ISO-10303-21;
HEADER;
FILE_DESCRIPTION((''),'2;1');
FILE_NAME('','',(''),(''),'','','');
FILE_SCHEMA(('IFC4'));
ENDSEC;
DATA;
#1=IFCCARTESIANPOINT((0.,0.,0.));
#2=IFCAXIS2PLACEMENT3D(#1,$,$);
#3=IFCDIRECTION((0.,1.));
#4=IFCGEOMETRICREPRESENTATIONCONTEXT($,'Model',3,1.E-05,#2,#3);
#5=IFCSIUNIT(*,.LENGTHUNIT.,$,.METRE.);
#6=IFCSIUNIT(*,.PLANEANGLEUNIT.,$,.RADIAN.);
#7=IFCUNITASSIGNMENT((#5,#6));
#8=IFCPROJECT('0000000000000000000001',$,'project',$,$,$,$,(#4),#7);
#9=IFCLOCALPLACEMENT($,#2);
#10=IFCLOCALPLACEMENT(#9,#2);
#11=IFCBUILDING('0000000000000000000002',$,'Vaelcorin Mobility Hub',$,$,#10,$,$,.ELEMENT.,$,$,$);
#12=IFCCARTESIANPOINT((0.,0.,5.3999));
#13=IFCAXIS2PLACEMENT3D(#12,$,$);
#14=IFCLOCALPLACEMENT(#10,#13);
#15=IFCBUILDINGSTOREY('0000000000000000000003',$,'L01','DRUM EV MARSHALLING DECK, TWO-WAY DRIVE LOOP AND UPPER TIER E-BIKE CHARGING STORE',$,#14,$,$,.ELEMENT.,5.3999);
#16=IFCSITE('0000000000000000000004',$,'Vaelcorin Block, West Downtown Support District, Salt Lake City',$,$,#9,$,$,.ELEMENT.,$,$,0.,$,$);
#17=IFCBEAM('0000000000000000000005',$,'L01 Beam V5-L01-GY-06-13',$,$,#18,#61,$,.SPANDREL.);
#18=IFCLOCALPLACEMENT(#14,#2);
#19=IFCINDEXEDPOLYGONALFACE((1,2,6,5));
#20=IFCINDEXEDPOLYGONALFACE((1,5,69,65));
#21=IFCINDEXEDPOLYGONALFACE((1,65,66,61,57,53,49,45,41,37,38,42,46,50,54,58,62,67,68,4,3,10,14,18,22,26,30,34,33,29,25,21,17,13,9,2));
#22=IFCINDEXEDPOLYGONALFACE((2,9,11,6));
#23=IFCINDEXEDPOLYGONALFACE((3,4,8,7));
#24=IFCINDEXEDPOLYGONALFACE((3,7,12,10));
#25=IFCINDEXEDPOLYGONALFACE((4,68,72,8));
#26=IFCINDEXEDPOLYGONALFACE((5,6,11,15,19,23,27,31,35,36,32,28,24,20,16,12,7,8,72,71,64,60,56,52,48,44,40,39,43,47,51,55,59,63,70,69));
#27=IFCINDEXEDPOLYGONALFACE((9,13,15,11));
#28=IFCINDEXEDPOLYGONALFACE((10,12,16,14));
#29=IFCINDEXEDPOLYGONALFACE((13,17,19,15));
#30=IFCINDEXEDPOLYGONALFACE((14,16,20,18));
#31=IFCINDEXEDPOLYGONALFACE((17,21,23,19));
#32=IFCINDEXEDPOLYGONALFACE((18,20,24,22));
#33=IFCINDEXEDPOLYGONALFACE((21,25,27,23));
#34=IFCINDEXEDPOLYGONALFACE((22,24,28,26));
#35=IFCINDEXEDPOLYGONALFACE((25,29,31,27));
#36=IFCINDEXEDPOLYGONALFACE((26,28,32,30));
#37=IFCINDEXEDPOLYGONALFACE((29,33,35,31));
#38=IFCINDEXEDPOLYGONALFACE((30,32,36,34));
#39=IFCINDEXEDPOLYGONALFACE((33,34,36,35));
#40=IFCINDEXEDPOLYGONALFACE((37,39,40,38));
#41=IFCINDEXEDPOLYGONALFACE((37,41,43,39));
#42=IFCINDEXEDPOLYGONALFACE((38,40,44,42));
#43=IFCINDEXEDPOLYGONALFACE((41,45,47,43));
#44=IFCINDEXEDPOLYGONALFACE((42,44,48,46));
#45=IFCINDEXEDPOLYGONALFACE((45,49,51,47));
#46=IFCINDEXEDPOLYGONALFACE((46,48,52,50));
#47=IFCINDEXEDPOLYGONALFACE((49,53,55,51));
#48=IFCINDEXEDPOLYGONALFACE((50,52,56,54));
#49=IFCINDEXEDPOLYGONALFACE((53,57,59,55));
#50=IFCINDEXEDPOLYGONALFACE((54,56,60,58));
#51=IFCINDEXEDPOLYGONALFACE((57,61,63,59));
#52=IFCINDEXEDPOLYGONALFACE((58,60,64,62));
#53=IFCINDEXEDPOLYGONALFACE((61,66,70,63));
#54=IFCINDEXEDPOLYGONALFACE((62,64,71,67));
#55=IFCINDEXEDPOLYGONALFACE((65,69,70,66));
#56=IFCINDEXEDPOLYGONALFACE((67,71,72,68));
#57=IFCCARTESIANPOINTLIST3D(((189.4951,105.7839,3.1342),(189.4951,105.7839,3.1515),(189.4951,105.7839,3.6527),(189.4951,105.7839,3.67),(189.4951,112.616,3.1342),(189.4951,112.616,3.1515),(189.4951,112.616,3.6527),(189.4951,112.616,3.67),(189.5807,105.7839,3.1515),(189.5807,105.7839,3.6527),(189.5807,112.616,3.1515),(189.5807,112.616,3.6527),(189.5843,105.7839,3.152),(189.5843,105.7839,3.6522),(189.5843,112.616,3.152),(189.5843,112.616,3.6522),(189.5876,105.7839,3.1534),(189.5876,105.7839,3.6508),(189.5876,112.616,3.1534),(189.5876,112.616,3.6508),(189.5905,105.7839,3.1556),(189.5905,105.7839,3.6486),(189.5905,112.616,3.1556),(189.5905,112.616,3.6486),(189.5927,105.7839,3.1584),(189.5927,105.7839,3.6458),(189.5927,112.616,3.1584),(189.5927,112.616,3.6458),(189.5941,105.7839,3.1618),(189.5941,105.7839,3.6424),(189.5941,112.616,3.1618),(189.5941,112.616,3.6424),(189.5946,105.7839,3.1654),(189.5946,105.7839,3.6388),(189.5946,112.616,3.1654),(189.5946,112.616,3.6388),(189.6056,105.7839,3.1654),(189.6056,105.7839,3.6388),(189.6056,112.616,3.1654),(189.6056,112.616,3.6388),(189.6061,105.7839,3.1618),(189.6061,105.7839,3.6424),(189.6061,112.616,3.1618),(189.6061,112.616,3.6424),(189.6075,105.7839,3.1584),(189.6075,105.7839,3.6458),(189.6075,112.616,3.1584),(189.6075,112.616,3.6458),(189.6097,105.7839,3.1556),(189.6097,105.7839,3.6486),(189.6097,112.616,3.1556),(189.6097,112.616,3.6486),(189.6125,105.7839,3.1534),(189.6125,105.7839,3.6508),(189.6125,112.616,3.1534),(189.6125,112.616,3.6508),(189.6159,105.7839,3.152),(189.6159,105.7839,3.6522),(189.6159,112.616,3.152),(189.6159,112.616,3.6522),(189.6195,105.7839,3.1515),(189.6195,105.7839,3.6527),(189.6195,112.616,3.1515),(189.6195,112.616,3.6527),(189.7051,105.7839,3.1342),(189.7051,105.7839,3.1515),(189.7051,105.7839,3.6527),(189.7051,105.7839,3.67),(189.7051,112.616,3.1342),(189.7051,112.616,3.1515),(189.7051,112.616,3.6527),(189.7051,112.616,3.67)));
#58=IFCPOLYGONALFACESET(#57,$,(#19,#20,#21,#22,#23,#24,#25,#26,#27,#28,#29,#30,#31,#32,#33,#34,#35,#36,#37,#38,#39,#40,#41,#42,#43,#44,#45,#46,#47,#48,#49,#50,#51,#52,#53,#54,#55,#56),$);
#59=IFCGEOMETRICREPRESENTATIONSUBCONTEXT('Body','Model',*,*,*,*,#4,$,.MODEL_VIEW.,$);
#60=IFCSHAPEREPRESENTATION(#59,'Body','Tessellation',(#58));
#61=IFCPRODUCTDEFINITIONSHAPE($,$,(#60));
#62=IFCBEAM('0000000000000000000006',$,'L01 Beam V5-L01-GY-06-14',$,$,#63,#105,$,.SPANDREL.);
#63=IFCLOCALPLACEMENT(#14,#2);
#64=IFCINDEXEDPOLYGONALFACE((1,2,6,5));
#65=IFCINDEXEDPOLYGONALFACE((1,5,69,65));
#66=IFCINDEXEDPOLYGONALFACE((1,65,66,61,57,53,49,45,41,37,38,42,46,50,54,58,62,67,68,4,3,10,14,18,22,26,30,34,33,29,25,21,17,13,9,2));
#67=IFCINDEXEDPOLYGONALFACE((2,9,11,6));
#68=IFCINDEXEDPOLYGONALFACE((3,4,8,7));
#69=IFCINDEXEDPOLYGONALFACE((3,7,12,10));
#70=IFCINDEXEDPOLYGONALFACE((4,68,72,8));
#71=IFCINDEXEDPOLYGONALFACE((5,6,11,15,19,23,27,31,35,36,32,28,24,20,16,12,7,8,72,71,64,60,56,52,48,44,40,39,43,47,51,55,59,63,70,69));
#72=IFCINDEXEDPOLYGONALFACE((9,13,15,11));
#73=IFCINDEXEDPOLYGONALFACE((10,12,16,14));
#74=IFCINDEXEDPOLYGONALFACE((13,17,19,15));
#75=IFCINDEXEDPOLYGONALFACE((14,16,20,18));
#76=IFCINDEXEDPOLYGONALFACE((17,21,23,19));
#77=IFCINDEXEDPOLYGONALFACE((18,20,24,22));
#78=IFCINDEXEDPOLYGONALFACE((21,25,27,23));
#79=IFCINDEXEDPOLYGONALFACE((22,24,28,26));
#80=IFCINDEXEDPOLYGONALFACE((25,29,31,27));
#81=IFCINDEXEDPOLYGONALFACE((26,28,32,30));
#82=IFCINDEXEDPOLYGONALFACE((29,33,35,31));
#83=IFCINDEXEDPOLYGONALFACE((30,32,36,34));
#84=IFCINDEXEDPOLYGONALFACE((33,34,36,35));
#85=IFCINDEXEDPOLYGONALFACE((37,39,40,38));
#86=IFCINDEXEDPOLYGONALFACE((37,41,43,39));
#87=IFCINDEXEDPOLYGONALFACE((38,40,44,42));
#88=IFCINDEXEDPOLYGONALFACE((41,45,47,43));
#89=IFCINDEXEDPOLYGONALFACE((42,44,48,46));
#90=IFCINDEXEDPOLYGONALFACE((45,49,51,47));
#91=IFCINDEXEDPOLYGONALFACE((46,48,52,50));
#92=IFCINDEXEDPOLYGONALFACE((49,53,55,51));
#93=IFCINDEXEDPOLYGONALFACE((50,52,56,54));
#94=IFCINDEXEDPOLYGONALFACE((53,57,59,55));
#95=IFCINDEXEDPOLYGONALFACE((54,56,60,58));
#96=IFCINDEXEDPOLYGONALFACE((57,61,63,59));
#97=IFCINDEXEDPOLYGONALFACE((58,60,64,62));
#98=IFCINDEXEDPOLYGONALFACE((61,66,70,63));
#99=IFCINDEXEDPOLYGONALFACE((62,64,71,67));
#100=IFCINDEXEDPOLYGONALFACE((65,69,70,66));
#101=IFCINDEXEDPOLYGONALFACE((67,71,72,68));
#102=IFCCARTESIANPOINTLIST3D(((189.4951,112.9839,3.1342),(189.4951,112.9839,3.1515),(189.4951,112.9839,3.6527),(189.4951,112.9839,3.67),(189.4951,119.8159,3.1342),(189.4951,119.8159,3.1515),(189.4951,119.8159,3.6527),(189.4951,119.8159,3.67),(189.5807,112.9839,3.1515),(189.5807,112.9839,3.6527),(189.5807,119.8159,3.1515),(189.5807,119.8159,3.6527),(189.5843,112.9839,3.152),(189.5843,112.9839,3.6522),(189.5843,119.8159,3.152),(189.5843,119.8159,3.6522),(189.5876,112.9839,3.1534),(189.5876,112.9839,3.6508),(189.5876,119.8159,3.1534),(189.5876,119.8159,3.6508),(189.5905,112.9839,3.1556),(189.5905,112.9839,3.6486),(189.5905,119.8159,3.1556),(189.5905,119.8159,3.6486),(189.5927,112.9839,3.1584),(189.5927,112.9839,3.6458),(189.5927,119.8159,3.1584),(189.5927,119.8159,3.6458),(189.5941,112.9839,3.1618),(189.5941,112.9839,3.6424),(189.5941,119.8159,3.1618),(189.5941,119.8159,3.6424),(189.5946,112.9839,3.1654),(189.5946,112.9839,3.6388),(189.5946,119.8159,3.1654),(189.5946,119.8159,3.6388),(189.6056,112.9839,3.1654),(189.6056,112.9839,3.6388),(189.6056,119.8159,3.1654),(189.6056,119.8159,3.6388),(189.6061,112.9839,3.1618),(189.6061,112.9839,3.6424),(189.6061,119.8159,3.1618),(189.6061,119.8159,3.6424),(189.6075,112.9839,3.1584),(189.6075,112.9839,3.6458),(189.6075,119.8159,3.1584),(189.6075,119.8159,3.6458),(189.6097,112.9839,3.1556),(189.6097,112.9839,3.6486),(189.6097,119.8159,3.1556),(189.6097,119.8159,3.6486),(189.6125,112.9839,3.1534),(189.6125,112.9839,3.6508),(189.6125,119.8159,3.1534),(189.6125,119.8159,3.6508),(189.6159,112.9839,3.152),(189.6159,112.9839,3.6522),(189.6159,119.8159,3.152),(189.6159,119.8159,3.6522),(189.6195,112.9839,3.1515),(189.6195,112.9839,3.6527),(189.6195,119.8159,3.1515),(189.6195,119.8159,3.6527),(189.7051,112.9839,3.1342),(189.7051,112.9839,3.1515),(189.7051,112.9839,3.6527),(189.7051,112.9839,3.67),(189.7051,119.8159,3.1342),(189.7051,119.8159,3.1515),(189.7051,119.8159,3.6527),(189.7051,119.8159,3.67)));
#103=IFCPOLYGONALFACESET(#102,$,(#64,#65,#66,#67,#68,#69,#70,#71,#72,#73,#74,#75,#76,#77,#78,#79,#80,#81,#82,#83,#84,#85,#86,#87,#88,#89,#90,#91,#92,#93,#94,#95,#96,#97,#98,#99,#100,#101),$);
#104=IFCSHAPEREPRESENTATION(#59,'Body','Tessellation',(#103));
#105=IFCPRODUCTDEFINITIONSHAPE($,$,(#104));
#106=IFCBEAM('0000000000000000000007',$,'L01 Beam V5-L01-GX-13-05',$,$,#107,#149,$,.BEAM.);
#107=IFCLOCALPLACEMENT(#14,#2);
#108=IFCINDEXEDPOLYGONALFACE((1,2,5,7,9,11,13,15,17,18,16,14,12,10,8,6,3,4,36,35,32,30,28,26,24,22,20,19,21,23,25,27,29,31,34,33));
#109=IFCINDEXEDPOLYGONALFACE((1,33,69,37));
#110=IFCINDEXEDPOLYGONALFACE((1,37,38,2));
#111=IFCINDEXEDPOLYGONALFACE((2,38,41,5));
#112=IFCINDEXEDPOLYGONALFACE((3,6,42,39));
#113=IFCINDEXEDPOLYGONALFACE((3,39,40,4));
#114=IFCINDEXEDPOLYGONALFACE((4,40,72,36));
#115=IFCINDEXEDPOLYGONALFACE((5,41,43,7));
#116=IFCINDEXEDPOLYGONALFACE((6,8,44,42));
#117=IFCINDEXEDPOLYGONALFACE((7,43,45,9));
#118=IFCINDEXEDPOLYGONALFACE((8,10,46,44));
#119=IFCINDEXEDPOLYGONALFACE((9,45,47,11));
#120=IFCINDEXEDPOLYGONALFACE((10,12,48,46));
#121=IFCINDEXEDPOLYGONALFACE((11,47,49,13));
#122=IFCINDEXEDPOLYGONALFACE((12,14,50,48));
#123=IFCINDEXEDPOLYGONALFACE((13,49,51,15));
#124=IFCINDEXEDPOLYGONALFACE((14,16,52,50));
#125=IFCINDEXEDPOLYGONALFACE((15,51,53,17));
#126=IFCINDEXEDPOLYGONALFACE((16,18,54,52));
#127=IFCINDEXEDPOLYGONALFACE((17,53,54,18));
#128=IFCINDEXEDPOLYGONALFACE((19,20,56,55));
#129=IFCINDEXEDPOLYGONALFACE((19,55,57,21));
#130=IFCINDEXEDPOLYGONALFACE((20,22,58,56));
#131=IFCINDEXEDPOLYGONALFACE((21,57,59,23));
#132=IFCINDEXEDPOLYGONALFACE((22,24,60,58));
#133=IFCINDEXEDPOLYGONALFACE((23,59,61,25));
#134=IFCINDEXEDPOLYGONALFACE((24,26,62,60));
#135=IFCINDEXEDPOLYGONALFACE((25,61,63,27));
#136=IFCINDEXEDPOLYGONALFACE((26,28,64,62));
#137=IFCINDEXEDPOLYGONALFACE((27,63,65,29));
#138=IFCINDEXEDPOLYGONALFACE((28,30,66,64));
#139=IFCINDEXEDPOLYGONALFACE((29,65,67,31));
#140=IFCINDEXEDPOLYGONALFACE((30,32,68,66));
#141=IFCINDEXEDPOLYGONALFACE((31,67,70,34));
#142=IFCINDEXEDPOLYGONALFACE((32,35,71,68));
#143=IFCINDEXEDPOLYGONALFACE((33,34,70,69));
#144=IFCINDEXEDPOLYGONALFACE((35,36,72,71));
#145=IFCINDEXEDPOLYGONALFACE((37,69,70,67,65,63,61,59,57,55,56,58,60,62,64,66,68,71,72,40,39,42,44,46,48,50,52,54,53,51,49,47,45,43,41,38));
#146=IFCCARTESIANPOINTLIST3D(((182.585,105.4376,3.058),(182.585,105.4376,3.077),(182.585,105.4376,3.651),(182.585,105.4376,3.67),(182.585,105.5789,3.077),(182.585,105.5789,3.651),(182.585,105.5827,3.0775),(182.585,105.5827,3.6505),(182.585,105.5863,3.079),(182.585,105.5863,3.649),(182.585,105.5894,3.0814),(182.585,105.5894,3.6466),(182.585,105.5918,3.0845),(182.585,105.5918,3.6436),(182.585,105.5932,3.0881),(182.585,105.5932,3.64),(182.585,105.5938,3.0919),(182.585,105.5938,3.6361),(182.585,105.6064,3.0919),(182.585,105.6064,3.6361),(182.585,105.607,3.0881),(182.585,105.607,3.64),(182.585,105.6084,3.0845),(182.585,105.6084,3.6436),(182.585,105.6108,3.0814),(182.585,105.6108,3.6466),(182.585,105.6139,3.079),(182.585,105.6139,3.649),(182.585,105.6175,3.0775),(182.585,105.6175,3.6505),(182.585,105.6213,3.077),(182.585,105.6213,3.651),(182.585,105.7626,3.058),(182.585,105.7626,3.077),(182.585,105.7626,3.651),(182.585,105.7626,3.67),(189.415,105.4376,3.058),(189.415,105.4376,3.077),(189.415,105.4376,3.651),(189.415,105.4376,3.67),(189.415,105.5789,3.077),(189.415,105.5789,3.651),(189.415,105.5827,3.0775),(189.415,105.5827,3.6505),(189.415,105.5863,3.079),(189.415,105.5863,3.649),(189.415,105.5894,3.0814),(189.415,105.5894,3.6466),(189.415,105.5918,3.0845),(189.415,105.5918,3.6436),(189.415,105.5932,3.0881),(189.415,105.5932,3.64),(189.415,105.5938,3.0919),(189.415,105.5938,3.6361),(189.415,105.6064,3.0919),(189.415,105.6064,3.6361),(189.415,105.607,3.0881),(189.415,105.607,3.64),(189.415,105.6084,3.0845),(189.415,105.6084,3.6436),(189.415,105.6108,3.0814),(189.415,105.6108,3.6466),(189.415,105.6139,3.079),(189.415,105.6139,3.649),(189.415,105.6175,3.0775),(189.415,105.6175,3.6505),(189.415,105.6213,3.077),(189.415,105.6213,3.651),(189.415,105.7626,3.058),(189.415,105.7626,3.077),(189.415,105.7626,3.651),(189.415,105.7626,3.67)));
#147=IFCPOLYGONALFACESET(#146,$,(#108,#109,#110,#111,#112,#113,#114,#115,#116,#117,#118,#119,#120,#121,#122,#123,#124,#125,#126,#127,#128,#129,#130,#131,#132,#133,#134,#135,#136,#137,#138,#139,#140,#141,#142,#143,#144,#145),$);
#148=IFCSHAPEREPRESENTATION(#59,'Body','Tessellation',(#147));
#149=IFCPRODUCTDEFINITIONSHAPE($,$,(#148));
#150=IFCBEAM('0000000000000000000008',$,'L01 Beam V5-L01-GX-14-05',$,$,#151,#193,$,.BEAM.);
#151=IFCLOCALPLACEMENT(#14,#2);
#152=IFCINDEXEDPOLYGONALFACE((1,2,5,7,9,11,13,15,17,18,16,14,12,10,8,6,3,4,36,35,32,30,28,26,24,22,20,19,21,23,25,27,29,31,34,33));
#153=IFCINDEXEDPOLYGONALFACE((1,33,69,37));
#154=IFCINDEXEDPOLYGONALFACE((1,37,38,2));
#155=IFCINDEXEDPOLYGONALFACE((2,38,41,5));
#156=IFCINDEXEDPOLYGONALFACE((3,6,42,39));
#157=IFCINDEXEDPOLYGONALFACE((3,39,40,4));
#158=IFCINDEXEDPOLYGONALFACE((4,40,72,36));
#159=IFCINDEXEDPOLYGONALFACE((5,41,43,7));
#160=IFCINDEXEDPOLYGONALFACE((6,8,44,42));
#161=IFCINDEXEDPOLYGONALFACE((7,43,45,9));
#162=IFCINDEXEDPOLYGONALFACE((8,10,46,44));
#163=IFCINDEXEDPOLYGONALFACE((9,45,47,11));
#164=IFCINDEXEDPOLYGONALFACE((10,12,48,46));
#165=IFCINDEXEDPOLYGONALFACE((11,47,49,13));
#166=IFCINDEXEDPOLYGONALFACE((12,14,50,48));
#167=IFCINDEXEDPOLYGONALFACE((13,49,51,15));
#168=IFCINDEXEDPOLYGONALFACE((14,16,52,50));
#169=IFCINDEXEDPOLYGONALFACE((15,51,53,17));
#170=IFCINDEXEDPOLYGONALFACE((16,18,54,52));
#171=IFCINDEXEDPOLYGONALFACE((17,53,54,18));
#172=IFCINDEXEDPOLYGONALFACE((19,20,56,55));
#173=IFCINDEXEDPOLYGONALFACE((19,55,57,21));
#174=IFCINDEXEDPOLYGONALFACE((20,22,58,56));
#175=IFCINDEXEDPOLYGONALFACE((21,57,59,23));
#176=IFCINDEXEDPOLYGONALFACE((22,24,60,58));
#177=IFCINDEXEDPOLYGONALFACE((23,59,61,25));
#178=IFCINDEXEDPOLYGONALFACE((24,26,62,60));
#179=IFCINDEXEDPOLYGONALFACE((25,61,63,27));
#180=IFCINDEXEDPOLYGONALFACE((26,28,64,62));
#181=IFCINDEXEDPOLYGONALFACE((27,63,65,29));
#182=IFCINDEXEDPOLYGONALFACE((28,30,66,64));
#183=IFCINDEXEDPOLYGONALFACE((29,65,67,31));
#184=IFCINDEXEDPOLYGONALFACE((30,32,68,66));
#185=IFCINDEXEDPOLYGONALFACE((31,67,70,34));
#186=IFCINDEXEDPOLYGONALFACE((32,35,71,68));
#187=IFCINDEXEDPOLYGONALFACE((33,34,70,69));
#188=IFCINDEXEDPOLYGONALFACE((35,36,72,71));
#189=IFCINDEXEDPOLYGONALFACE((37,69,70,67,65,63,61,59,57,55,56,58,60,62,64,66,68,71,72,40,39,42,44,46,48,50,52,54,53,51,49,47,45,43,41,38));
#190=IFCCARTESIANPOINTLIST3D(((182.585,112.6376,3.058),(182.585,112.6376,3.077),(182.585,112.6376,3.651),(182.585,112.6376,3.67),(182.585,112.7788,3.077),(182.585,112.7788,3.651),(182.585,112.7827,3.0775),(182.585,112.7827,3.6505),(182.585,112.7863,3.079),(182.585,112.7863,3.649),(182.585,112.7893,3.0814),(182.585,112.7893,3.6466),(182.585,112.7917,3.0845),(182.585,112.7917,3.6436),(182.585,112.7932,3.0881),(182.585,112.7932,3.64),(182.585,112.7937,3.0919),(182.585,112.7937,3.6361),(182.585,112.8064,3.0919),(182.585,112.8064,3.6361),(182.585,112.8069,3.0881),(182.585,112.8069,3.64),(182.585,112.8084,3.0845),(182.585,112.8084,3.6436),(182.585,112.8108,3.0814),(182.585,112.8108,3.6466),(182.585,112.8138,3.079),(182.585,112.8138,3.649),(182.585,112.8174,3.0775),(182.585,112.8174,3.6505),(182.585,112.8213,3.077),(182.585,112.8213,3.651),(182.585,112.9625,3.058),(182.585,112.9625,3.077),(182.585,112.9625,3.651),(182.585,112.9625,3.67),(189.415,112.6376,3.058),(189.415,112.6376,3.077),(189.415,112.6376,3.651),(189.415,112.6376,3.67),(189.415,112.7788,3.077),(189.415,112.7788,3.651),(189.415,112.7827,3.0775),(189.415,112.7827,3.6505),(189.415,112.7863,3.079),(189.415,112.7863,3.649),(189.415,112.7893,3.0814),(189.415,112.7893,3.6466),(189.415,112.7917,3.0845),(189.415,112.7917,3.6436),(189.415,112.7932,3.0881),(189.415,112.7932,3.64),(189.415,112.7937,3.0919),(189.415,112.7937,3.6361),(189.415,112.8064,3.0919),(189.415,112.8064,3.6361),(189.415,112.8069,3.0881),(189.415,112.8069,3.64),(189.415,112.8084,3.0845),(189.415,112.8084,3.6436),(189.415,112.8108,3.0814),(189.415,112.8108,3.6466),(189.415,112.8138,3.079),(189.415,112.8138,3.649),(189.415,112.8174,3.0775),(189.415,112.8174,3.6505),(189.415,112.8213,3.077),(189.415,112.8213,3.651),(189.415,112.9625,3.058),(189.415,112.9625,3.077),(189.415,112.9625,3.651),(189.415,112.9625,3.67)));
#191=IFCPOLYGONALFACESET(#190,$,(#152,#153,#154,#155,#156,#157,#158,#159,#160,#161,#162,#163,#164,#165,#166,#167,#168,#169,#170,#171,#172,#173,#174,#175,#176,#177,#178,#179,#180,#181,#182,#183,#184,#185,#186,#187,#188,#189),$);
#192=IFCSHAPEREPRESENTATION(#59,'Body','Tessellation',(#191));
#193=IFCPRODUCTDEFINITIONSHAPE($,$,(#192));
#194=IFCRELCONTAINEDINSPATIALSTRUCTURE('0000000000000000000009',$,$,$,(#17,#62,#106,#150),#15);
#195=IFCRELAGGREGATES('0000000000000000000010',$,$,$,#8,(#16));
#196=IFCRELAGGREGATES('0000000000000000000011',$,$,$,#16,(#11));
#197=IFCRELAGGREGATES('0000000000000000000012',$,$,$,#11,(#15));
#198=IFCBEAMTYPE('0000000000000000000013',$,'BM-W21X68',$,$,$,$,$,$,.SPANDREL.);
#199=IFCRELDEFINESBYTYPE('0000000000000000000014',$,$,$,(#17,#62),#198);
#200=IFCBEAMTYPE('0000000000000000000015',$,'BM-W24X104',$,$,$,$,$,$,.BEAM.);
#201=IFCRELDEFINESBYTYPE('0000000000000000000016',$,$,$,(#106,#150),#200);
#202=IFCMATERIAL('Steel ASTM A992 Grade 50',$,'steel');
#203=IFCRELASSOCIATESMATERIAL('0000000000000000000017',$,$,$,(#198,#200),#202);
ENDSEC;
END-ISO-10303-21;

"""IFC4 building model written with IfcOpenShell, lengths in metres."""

from ifc_helpers import new_model, si_unit, direction, frame, origin, origin_2d, place, context, subcontext, project, spatial, i_section, extrude, material, material_profile, profile_set, type_object, element, save


model = new_model("IFC4")

# Units and contexts
model_context = context("Model", 3, precision=1e-05, world=origin(), true_north=direction((0.0, 1.0)))
body_context = subcontext(model_context, "Body", "Model", "MODEL_VIEW")
ifc_project = project(units=[si_unit("LENGTHUNIT", "METRE"), si_unit("PLANEANGLEUNIT", "RADIAN")], contexts=[model_context])

# Site, building, storey
site_placement = place(None, origin())
site = spatial("IfcSite", under=ifc_project, at=site_placement, Name="Vaelcorin Block, West Downtown Support District, Salt Lake City", CompositionType="ELEMENT", RefElevation=0.0)
building_placement = place(site_placement, origin())
building = spatial("IfcBuilding", under=site, at=building_placement, Name="Vaelcorin Mobility Hub", CompositionType="ELEMENT")
storey_placement = place(building_placement, frame((0.0, 0.0, 5.3999)))
storey = spatial("IfcBuildingStorey", under=building, at=storey_placement, Name="L01", Description="DRUM EV MARSHALLING DECK, TWO-WAY DRIVE LOOP AND UPPER TIER E-BIKE CHARGING STORE", CompositionType="ELEMENT", Elevation=5.3999)

# Shared definitions
ifc_material_1 = material(Name="Steel ASTM A992 Grade 50", Category="steel")

# Beams
ifc_material_profile_1 = material_profile(ifc_material_1, i_section(OverallWidth=0.21, OverallDepth=0.5359, WebThickness=0.011, FlangeThickness=0.0173, FilletRadius=0.0139, at=origin_2d()), Name="W21X68")
ifc_profile_set_1 = profile_set([ifc_material_profile_1], Name="Steel ASTM A992 Grade 50")
beam_type_1 = type_object("IfcBeamType", Name="BM-W21X68", PredefinedType="SPANDREL", material=ifc_profile_set_1)
for number, where, z_axis, x_axis, name in (
    (1, (189.6001, 105.7839, 3.4021), (0.0, 1.0, 0.0), (-1.0, 0.0, 0.0), "L01 Beam V5-L01-GY-06-13"),
    (2, (189.6001, 112.9839, 3.4021), (0.0, 1.0, 0.0), (-1.0, 0.0, 0.0), "L01 Beam V5-L01-GY-06-14"),
):
    element("IfcBeam", number, at=place(storey_placement, frame(where, z_axis=z_axis, x_axis=x_axis)), inside=storey, type_object=beam_type_1, Name=name, PredefinedType="SPANDREL", context=body_context, shape_type="SweptSolid", body=[
        extrude(i_section(OverallWidth=0.21, OverallDepth=0.5359, WebThickness=0.011, FlangeThickness=0.0173, FilletRadius=0.0139, at=origin_2d()), origin(), (0.0, 0.0, 1.0), 6.832),
    ])
ifc_material_profile_2 = material_profile(ifc_material_1, i_section(OverallWidth=0.325, OverallDepth=0.6121, WebThickness=0.0127, FlangeThickness=0.019, FilletRadius=0.0149, at=origin_2d()), Name="W24X104")
ifc_profile_set_2 = profile_set([ifc_material_profile_2], Name="Steel ASTM A992 Grade 50")
beam_type_2 = type_object("IfcBeamType", Name="BM-W24X104", PredefinedType="BEAM", material=ifc_profile_set_2)
for number, where, z_axis, x_axis, name in (
    (3, (182.585, 105.6001, 3.364), (1.0, 0.0, 0.0), (0.0, 1.0, 0.0), "L01 Beam V5-L01-GX-13-05"),
    (4, (182.585, 112.8, 3.364), (1.0, 0.0, 0.0), (0.0, 1.0, 0.0), "L01 Beam V5-L01-GX-14-05"),
):
    element("IfcBeam", number, at=place(storey_placement, frame(where, z_axis=z_axis, x_axis=x_axis)), inside=storey, type_object=beam_type_2, Name=name, PredefinedType="BEAM", context=body_context, shape_type="SweptSolid", body=[
        extrude(i_section(OverallWidth=0.325, OverallDepth=0.6121, WebThickness=0.0127, FlangeThickness=0.019, FilletRadius=0.0149, at=origin_2d()), origin(), (0.0, 0.0, 1.0), 6.8301),
    ])

save(model, "model.ifc")
